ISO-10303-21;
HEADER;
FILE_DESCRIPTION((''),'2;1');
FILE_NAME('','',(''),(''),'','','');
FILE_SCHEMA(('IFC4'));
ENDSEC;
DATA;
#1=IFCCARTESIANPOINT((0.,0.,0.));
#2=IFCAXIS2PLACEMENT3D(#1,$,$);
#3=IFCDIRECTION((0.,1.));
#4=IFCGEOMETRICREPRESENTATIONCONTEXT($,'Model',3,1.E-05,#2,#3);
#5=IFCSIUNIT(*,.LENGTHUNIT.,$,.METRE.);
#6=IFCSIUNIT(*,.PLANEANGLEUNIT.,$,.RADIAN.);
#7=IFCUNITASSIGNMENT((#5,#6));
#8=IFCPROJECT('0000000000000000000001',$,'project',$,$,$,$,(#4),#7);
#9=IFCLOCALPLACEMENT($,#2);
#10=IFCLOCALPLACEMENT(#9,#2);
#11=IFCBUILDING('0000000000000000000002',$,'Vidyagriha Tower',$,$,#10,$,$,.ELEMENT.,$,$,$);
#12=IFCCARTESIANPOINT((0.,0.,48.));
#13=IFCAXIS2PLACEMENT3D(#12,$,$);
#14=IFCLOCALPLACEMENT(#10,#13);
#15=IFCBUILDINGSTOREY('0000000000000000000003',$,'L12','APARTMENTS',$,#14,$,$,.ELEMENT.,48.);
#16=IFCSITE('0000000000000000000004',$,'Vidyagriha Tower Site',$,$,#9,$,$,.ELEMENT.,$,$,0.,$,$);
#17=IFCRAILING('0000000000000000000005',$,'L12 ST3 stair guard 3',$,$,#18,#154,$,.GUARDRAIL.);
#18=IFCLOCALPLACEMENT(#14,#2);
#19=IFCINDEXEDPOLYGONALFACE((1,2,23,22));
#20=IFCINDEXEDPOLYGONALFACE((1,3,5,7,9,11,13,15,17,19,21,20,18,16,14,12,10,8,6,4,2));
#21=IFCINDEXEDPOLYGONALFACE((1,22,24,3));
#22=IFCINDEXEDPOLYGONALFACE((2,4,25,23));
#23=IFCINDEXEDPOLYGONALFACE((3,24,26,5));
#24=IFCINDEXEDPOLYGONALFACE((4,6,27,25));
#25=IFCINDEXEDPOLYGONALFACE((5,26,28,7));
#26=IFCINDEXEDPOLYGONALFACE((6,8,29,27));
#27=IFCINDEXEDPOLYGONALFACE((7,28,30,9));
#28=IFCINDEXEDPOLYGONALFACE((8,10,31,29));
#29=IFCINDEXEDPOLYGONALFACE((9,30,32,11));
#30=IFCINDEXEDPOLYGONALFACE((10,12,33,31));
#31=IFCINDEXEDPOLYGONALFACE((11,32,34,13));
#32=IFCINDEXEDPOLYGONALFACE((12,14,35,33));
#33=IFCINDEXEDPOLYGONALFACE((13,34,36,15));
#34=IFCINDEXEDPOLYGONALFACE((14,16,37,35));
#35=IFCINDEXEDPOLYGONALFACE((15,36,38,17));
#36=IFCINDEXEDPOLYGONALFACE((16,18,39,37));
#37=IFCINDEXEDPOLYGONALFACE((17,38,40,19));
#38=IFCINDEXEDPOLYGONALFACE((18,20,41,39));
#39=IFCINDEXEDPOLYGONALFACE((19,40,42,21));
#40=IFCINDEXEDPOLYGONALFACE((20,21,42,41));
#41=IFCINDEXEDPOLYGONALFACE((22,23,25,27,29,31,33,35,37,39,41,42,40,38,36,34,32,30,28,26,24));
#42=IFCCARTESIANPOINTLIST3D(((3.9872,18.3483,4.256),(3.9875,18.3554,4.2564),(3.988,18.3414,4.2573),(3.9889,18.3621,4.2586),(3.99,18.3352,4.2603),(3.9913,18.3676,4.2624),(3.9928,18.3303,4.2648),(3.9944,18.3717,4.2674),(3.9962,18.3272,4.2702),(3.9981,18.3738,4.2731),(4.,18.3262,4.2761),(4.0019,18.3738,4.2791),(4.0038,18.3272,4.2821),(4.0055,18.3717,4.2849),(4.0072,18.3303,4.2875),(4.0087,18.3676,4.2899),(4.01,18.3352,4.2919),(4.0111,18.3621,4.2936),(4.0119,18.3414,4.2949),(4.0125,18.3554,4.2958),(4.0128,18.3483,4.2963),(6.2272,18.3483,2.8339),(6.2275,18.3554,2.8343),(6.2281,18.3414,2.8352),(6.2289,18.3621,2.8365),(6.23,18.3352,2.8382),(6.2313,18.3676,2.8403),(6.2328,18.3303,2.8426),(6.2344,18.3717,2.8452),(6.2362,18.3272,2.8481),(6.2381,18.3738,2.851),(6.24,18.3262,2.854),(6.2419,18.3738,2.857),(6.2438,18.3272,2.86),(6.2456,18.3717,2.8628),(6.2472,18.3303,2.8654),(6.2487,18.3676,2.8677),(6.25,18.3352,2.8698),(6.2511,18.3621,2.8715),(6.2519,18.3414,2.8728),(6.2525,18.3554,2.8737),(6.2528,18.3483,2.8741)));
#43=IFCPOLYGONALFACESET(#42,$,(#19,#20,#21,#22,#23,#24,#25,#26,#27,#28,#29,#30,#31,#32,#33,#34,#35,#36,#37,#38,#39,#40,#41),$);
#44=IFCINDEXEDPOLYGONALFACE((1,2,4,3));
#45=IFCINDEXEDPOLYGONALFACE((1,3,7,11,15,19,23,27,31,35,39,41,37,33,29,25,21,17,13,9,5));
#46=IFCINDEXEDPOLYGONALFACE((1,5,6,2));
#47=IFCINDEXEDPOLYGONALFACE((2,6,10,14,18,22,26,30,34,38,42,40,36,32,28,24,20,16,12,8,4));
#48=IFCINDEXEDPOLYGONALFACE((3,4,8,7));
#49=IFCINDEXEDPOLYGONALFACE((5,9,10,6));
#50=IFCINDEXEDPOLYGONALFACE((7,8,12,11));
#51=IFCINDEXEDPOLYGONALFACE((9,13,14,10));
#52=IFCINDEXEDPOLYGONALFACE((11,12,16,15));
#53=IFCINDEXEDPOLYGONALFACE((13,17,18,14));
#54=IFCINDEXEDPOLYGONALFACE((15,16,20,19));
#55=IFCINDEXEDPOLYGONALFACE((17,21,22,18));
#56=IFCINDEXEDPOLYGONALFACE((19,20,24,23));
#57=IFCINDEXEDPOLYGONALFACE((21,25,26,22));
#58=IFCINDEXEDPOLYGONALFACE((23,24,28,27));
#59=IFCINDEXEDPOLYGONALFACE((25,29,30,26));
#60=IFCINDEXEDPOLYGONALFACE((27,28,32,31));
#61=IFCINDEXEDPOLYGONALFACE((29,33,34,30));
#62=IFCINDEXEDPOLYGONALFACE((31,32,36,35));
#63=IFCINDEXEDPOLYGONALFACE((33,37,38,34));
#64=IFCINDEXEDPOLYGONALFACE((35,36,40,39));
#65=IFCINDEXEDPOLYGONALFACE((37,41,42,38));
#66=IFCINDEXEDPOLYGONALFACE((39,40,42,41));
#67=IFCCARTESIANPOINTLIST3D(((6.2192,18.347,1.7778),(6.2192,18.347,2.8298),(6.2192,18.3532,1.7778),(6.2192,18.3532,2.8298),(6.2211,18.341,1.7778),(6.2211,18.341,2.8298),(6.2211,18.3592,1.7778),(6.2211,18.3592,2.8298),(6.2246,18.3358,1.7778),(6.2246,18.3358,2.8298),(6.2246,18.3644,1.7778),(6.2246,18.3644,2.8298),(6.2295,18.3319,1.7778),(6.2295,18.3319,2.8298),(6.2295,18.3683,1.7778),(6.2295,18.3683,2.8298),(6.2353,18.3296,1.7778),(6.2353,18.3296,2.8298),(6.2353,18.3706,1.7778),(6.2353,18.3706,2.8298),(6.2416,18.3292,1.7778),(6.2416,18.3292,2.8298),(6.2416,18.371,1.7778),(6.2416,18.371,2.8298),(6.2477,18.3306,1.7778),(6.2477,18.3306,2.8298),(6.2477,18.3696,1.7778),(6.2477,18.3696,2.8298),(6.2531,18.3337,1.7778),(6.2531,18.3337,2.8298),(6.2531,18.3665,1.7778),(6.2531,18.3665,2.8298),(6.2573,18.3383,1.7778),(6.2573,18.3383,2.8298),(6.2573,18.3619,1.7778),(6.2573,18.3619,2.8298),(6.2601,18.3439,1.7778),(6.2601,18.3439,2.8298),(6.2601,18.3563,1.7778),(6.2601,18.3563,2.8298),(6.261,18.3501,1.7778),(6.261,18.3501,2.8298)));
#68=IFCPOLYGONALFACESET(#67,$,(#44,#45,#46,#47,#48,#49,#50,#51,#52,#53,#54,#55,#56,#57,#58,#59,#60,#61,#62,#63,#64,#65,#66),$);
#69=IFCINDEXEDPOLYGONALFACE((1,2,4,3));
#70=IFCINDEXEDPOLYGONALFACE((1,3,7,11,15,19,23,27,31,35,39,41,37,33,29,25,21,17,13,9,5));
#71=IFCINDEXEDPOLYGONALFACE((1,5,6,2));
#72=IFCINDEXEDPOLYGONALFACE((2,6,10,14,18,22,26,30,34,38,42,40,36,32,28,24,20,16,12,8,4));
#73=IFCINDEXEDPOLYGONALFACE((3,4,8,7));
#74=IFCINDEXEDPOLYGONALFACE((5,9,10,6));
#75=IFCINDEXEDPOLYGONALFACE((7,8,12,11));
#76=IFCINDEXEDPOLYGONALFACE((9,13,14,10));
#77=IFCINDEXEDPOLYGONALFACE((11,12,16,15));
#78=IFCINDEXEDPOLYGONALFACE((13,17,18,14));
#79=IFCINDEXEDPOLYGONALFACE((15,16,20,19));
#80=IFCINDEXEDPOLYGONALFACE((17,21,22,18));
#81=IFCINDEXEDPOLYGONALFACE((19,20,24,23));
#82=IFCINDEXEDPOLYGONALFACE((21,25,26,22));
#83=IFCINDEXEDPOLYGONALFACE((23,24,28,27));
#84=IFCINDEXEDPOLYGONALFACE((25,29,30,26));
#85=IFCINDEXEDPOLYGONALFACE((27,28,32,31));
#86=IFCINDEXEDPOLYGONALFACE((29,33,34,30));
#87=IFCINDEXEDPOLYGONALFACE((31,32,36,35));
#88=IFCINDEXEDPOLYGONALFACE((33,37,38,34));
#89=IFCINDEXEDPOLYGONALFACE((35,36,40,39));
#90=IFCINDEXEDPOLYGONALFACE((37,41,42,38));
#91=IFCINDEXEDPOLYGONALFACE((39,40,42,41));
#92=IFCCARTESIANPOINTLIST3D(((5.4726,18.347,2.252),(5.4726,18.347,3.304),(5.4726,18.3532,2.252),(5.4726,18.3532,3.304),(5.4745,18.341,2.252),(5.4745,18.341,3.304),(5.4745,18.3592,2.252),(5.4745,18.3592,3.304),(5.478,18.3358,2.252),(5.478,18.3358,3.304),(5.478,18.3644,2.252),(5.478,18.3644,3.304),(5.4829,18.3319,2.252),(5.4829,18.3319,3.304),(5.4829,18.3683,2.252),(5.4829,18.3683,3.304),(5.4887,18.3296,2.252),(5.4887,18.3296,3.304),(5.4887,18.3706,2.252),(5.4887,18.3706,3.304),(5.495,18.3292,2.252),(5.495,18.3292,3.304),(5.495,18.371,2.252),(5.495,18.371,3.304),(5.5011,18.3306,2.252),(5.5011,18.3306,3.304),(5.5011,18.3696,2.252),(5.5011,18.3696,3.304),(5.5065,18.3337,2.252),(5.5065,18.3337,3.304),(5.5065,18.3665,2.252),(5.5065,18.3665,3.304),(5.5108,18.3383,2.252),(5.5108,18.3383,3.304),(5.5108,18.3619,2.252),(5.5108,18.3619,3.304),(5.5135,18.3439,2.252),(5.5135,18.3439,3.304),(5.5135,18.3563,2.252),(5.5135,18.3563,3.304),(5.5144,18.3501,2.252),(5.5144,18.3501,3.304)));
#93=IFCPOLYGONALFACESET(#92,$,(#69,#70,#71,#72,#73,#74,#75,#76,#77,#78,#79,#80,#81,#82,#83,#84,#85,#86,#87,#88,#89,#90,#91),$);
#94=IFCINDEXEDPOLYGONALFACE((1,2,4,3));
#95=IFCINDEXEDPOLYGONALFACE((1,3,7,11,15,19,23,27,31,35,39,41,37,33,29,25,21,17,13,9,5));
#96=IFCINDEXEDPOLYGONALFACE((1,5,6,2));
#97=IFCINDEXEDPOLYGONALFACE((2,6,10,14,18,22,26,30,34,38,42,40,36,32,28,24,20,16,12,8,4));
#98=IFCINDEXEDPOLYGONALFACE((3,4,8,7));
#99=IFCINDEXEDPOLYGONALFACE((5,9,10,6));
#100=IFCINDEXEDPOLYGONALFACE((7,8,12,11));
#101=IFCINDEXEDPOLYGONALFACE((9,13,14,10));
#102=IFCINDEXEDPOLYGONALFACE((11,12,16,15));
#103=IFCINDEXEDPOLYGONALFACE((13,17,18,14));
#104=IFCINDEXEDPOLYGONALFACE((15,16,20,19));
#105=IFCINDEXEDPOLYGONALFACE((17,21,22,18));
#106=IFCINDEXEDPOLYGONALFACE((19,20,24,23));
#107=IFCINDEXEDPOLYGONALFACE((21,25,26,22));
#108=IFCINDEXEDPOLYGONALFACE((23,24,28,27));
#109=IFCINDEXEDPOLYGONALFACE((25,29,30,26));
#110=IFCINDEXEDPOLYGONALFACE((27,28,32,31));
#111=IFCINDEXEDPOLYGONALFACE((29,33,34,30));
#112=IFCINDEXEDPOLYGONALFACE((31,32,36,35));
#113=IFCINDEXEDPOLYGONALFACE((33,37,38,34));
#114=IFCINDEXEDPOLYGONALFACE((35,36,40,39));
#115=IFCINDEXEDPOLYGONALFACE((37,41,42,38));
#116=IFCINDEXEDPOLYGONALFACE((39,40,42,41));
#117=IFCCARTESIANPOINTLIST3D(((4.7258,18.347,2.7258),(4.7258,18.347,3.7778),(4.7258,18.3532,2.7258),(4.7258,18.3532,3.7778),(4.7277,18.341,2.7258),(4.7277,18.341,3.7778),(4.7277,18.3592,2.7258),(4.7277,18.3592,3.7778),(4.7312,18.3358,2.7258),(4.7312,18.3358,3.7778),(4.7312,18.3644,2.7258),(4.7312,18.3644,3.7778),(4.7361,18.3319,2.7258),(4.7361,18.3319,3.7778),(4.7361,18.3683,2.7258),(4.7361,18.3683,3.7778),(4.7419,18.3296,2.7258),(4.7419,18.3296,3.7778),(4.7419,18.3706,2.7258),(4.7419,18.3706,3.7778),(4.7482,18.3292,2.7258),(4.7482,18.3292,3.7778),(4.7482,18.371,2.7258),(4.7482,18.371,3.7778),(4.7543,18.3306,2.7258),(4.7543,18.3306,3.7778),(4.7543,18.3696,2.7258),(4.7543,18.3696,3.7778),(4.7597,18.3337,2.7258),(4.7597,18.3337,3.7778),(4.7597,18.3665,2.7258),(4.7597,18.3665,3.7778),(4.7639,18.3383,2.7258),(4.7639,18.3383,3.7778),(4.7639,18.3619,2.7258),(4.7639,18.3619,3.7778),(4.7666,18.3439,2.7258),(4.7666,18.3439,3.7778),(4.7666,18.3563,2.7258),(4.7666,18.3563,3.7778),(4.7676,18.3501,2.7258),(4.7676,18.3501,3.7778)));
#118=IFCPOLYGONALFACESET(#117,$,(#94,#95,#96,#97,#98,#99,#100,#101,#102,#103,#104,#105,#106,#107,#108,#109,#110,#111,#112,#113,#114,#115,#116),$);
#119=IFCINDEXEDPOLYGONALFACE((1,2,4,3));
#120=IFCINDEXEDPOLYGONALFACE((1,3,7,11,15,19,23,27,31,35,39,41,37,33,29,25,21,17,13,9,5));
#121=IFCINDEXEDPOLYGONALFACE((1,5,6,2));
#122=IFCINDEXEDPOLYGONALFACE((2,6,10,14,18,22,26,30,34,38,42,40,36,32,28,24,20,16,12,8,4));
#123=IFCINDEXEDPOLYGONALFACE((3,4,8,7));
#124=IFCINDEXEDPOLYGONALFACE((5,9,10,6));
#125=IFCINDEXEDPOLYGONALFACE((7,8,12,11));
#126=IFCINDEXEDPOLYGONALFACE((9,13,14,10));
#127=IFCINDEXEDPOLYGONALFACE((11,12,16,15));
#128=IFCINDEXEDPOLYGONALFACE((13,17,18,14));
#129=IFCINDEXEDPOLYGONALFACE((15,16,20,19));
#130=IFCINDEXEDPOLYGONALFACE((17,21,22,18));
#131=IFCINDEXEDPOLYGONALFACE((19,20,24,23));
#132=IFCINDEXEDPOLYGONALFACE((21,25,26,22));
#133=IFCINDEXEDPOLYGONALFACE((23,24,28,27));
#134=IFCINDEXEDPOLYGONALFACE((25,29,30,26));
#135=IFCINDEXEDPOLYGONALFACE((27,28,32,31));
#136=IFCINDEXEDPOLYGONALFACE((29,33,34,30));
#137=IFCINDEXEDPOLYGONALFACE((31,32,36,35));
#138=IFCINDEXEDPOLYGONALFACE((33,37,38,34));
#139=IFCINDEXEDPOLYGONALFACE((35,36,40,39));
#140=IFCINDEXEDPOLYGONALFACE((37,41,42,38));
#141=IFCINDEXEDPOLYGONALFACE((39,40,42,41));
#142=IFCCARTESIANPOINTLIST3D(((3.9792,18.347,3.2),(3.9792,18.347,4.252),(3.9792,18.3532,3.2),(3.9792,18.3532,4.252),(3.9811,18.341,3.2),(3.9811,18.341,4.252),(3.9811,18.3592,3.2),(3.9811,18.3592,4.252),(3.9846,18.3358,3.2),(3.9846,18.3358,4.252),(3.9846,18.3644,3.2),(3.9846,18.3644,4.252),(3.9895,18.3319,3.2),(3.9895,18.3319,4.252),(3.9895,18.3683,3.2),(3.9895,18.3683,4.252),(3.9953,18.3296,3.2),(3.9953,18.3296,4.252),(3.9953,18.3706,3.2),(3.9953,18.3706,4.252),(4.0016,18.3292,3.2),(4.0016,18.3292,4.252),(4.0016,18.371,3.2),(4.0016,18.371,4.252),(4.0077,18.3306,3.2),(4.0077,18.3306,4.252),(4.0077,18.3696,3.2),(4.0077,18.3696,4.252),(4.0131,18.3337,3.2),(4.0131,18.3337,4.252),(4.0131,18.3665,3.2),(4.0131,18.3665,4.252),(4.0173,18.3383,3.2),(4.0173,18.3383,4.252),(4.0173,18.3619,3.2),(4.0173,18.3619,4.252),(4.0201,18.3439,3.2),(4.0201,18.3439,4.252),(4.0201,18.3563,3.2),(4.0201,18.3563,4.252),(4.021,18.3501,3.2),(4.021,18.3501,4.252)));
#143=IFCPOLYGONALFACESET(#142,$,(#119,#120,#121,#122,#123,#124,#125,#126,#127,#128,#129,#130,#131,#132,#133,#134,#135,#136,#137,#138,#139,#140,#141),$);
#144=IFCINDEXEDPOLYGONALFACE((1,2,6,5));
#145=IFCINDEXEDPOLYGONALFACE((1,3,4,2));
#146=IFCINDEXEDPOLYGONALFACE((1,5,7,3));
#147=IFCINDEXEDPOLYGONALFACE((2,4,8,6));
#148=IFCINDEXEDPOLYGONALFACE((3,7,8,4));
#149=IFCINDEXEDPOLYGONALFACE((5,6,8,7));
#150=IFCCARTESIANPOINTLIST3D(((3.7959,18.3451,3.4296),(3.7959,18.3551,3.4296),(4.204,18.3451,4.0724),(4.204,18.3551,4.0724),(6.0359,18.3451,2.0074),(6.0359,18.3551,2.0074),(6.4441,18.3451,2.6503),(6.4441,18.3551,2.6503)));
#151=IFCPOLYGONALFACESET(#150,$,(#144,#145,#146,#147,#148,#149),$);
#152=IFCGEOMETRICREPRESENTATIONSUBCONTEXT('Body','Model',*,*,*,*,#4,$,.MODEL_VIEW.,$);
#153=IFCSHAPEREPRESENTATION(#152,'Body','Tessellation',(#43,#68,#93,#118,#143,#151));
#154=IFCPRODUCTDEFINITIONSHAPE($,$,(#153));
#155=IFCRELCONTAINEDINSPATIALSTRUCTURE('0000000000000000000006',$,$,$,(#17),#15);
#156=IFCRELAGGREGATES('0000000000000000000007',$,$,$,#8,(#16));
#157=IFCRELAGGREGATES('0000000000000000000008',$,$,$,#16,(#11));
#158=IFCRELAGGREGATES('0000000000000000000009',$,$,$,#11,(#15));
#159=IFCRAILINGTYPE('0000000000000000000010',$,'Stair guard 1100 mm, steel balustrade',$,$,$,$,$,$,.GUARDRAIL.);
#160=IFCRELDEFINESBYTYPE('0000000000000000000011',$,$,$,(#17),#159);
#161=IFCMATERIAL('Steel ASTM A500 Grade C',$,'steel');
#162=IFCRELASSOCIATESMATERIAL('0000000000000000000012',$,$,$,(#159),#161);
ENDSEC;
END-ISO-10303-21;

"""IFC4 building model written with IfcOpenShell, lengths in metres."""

from ifc_helpers import new_model, si_unit, direction, frame, origin, origin_2d, place, context, subcontext, project, spatial, rectangle, circle, extrude, material, type_object, element, save


model = new_model("IFC4")

# Units and contexts
model_context = context("Model", 3, precision=1e-05, world=origin(), true_north=direction((0.0, 1.0)))
body_context = subcontext(model_context, "Body", "Model", "MODEL_VIEW")
ifc_project = project(units=[si_unit("LENGTHUNIT", "METRE"), si_unit("PLANEANGLEUNIT", "RADIAN")], contexts=[model_context])

# Site, building, storey
site_placement = place(None, origin())
site = spatial("IfcSite", under=ifc_project, at=site_placement, Name="Vidyagriha Tower Site", CompositionType="ELEMENT", RefElevation=0.0)
building_placement = place(site_placement, origin())
building = spatial("IfcBuilding", under=site, at=building_placement, Name="Vidyagriha Tower", CompositionType="ELEMENT")
storey_placement = place(building_placement, frame((0.0, 0.0, 48.0)))
storey = spatial("IfcBuildingStorey", under=building, at=storey_placement, Name="L12", Description="APARTMENTS", CompositionType="ELEMENT", Elevation=48.0)

# Railing
ifc_material_1 = material(Name="Steel ASTM A500 Grade C", Category="steel")
railing_type_1 = type_object("IfcRailingType", Name="Stair guard 1100 mm, steel balustrade", PredefinedType="GUARDRAIL", material=ifc_material_1)
railing_1_placement = place(storey_placement, frame((6.24, 18.3501, 1.7778)))
element("IfcRailing", 1, at=railing_1_placement, inside=storey, type_object=railing_type_1, Name="L12 ST3 stair guard 3", PredefinedType="GUARDRAIL", context=body_context, shape_type="SweptSolid", body=[
    extrude(circle(Radius=0.0239, at=origin_2d()), frame((0.0, 0.0, 1.0762), z_axis=(-0.844229, 0.0, 0.535982), x_axis=(0.0, -1.0, 0.0)), (0.0, 0.0, 1.0), 2.6533),
    extrude(circle(Radius=0.021, at=origin_2d()), origin(), (0.0, 0.0, 1.0), 1.052),
    extrude(circle(Radius=0.021, at=origin_2d()), frame((-0.7466, 0.0, 0.4741)), (0.0, 0.0, 1.0), 1.052),
    extrude(circle(Radius=0.021, at=origin_2d()), frame((-1.4934, 0.0, 0.948)), (0.0, 0.0, 1.0), 1.052),
    extrude(circle(Radius=0.021, at=origin_2d()), frame((-2.24, 0.0, 1.4221)), (0.0, 0.0, 1.0), 1.052),
    extrude(rectangle(XDim=0.01, YDim=0.7615, at=origin_2d()), frame((0.0, 0.0, 0.551), z_axis=(-0.844229, 0.0, 0.535982), x_axis=(0.0, -1.0, 0.0)), (0.0, 0.0, 1.0), 2.6533),
])

save(model, "model.ifc")
